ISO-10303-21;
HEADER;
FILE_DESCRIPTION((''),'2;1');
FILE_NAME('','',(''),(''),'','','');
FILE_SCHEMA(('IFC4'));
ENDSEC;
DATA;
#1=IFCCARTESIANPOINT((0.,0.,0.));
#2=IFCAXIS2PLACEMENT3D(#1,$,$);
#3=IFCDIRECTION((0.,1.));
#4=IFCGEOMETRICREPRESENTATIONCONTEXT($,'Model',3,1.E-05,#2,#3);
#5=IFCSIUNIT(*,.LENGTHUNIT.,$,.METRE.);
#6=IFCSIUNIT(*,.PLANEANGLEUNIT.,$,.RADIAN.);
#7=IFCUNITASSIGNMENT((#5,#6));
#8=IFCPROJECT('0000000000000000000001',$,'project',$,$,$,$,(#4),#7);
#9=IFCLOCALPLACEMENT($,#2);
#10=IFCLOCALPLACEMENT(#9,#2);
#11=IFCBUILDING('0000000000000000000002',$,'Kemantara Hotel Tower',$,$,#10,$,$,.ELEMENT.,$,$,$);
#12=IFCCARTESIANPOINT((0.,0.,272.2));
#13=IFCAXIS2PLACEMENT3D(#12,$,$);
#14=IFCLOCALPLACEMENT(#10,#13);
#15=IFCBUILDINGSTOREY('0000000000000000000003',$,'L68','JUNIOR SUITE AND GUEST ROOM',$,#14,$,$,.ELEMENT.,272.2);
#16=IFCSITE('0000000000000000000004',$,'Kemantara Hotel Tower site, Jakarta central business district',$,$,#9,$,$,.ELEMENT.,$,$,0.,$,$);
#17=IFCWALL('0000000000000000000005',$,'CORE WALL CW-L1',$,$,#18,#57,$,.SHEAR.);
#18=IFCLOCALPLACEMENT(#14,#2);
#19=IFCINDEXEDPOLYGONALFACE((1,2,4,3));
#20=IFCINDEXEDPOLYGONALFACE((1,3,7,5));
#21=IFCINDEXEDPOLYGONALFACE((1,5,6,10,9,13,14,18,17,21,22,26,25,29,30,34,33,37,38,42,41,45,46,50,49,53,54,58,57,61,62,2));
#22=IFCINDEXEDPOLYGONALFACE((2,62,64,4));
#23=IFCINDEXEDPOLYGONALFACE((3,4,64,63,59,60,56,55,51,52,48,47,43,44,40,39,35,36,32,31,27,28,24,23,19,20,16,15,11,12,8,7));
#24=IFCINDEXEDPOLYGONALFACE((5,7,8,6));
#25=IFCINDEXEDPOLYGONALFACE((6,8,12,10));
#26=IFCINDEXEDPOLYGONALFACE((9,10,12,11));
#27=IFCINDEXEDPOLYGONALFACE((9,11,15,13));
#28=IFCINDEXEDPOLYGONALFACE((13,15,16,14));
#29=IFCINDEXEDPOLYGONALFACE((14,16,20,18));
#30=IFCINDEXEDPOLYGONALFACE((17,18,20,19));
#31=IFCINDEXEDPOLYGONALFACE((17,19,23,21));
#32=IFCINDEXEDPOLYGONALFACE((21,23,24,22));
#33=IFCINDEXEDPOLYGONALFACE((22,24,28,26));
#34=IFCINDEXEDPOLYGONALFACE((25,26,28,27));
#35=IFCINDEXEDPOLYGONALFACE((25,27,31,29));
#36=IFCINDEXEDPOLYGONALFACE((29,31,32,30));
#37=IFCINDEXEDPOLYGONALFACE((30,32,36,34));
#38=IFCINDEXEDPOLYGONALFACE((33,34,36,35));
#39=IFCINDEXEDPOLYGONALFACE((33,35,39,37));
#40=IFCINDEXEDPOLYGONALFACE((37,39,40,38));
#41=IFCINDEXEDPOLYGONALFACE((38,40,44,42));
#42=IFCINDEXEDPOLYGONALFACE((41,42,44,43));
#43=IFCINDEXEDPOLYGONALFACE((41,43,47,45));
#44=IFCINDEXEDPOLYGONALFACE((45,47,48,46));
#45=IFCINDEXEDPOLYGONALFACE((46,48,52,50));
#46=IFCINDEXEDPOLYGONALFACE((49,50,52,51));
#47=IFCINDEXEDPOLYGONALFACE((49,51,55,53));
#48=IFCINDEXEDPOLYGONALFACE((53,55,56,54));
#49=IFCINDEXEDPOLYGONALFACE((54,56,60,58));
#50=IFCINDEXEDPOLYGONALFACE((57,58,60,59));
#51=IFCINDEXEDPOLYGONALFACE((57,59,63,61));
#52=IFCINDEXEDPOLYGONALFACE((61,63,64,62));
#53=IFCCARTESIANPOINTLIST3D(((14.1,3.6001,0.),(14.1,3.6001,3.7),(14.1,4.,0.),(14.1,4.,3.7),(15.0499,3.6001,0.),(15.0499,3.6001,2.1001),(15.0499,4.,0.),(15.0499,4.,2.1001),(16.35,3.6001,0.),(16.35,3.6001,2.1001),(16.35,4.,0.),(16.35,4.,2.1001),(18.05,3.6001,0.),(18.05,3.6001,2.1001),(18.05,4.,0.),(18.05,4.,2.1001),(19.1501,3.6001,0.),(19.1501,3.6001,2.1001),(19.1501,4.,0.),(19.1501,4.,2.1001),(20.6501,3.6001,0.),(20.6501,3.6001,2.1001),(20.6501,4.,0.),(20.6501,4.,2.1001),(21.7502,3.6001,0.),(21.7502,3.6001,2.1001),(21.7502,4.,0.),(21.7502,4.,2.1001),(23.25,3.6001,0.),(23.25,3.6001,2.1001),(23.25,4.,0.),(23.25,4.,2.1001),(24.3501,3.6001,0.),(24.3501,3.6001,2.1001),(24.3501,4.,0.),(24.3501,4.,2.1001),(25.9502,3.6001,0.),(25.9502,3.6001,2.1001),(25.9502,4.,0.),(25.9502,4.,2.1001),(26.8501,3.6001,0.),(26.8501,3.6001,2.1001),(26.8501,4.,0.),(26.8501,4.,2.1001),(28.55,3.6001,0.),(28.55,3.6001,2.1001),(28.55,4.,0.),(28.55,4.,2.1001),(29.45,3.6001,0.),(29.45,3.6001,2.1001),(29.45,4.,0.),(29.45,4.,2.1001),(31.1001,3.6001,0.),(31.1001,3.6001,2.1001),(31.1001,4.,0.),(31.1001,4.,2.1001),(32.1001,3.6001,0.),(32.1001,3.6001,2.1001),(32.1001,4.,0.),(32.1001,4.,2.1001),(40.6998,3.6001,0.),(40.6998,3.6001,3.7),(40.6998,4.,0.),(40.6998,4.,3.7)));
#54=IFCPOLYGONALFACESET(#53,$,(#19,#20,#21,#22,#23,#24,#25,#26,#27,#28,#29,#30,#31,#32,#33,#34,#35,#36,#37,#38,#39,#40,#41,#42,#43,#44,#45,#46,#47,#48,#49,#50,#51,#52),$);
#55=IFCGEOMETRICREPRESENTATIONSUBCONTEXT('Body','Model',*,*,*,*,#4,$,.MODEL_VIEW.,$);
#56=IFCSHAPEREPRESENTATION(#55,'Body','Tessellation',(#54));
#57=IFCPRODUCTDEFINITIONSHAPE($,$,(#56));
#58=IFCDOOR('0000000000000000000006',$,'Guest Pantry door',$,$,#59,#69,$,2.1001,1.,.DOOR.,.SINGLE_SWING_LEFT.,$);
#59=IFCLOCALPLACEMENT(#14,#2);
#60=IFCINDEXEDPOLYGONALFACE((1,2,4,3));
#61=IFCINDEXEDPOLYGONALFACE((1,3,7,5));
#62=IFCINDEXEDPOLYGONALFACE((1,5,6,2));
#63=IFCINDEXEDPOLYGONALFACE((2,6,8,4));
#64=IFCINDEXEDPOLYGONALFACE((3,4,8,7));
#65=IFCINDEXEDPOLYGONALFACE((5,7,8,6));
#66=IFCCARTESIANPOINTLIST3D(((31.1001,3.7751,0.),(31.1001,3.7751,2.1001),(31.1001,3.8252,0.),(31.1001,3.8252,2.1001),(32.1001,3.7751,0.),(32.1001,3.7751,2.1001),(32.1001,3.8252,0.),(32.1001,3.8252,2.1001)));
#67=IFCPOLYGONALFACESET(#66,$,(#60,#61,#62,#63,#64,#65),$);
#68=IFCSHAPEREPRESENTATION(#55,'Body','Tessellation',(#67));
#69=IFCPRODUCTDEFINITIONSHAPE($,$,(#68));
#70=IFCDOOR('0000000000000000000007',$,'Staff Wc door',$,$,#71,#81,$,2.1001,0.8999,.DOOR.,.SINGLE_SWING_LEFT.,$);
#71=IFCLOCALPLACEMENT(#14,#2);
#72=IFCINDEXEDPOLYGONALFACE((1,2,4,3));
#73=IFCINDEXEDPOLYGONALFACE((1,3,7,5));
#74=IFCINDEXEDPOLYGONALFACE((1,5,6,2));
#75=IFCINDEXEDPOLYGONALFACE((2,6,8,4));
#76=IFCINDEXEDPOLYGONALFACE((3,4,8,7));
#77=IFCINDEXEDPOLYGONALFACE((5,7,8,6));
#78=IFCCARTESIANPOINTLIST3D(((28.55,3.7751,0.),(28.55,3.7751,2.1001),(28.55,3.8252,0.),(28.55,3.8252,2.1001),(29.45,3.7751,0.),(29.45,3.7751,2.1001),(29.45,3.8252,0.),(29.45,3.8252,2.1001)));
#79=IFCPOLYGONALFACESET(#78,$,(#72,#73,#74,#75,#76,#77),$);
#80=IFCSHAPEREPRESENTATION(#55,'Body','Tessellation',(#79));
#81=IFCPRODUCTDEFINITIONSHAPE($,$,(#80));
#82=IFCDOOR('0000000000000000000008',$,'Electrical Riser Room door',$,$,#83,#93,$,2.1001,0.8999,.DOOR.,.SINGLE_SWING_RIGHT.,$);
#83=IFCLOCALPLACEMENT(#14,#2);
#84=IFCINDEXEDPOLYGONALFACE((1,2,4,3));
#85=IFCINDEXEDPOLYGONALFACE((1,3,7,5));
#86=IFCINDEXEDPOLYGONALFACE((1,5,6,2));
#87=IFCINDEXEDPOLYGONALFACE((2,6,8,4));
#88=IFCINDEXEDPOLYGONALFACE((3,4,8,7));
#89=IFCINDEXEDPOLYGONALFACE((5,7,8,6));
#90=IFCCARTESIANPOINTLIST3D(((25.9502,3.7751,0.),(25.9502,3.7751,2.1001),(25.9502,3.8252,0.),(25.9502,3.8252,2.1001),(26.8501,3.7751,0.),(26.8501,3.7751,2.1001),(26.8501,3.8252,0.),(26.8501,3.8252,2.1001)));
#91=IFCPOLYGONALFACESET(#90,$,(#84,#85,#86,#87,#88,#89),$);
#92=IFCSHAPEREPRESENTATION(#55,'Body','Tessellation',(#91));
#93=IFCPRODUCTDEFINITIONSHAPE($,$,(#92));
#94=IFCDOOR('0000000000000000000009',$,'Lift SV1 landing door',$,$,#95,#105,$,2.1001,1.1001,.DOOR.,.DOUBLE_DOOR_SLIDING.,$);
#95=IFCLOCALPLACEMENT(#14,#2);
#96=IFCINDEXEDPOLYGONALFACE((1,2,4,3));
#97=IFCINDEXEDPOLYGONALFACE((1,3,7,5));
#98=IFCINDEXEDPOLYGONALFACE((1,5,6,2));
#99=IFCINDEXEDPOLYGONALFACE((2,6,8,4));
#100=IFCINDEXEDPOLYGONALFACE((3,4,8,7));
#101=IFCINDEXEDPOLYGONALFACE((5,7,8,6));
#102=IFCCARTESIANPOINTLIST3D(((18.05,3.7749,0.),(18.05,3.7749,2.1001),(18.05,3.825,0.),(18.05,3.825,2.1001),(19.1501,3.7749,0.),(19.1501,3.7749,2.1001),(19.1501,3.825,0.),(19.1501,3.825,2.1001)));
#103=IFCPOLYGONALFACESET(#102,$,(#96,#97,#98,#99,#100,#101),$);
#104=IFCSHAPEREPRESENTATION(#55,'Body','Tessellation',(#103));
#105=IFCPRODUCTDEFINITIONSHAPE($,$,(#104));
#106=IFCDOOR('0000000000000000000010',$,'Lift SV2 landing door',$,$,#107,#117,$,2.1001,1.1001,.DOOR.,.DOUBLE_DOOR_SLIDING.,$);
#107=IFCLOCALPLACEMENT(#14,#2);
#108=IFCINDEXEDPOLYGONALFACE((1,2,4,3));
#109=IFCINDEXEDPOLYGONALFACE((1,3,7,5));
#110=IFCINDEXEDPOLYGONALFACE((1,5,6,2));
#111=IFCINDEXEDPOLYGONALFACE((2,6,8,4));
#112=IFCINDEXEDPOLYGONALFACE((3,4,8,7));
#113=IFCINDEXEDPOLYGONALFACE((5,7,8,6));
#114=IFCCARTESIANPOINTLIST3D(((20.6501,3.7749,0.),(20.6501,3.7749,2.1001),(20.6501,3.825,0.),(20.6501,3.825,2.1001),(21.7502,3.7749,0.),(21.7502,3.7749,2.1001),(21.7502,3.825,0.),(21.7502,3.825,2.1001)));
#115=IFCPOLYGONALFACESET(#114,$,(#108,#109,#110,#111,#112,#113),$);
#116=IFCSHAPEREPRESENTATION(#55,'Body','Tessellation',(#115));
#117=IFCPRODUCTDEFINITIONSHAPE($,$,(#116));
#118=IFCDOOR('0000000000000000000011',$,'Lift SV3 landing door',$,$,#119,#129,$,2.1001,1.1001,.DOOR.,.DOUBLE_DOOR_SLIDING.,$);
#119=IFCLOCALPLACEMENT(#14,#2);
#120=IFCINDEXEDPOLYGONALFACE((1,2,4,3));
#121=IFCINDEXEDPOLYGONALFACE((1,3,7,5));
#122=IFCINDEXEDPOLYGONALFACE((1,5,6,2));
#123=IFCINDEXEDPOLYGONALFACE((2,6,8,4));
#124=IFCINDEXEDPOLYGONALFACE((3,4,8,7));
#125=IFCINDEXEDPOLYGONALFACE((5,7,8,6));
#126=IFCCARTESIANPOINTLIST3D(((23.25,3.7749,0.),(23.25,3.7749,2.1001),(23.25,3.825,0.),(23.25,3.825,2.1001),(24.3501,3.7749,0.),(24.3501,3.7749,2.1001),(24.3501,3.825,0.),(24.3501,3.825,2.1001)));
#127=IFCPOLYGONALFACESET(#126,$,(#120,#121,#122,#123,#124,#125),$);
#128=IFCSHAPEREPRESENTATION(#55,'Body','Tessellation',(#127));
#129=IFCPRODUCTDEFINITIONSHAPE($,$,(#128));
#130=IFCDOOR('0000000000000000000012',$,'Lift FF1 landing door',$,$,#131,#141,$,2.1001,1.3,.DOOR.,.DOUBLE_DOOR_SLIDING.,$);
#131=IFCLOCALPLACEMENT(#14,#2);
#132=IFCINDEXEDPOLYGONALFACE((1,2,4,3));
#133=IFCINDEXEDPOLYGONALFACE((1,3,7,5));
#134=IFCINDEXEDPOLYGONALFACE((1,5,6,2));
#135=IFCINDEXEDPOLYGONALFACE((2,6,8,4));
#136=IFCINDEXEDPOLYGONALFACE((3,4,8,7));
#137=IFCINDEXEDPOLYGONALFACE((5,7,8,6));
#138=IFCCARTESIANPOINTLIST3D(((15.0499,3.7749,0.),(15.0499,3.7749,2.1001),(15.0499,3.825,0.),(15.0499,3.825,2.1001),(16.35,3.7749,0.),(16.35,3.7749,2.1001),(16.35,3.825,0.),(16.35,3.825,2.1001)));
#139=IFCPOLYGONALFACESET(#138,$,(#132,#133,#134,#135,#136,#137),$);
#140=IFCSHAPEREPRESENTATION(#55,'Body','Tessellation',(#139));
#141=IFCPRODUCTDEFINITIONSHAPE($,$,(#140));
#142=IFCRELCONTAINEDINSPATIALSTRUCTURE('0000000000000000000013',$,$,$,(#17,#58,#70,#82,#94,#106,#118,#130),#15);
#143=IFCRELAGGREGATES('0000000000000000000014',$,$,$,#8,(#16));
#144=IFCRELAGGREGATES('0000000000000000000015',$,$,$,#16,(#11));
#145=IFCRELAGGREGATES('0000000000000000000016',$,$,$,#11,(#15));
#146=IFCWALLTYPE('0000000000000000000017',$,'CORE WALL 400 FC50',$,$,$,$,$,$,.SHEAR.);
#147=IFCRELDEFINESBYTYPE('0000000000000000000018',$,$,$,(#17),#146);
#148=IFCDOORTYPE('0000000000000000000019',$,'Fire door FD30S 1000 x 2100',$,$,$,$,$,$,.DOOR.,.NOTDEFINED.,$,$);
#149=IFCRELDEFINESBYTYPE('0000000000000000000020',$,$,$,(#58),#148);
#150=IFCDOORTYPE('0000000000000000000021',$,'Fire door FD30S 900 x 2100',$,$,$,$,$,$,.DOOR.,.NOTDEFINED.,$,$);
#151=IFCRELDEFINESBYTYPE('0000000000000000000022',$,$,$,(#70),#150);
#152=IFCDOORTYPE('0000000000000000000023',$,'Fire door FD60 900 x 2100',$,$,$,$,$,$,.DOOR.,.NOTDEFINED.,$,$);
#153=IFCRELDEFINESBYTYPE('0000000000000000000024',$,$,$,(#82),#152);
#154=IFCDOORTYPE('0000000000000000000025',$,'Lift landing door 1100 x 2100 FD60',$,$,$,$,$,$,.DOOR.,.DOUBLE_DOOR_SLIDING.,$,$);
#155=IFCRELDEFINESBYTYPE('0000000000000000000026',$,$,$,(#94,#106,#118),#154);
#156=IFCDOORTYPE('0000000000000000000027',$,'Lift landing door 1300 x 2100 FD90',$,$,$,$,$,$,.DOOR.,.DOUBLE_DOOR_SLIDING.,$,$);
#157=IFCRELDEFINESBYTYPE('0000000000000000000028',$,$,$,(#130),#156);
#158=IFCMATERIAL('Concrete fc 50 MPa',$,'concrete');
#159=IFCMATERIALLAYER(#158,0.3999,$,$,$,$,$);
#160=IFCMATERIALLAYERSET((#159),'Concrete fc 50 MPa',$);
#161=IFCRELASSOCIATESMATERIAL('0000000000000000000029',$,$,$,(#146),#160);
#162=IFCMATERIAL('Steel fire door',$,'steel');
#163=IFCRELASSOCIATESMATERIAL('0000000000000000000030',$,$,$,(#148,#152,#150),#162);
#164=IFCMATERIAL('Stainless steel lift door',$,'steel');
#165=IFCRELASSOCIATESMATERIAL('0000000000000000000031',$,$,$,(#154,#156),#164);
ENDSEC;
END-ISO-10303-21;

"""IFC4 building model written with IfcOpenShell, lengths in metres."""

from ifc_helpers import new_model, si_unit, direction, frame, frame_2d, origin, place, context, subcontext, project, spatial, rectangle, extrude, material, layer, layer_set, type_object, element, fill, save


model = new_model("IFC4")

# Units and contexts
model_context = context("Model", 3, precision=1e-05, world=origin(), true_north=direction((0.0, 1.0)))
body_context = subcontext(model_context, "Body", "Model", "MODEL_VIEW")
ifc_project = project(units=[si_unit("LENGTHUNIT", "METRE"), si_unit("PLANEANGLEUNIT", "RADIAN")], contexts=[model_context])

# Site, building, storey
site_placement = place(None, origin())
site = spatial("IfcSite", under=ifc_project, at=site_placement, Name="Kemantara Hotel Tower site, Jakarta central business district", CompositionType="ELEMENT", RefElevation=0.0)
building_placement = place(site_placement, origin())
building = spatial("IfcBuilding", under=site, at=building_placement, Name="Kemantara Hotel Tower", CompositionType="ELEMENT")
storey_placement = place(building_placement, frame((0.0, 0.0, 272.2)))
storey = spatial("IfcBuildingStorey", under=building, at=storey_placement, Name="L68", Description="JUNIOR SUITE AND GUEST ROOM", CompositionType="ELEMENT", Elevation=272.2)

# Shared definitions
ifc_material_1 = material(Name="Concrete fc 50 MPa", Category="concrete")

# Wall, openings, doors
ifc_layer_1 = layer(ifc_material_1, 0.3999)
ifc_layer_set_1 = layer_set([ifc_layer_1], Name="Concrete fc 50 MPa")
wall_type_1 = type_object("IfcWallType", Name="CORE WALL 400 FC50", PredefinedType="SHEAR", material=ifc_layer_set_1)
ifc_material_2 = material(Name="Steel fire door", Category="steel")
door_type_1 = type_object("IfcDoorType", Name="Fire door FD30S 1000 x 2100", OperationType="NOTDEFINED", PredefinedType="DOOR", material=ifc_material_2)
door_type_2 = type_object("IfcDoorType", Name="Fire door FD60 900 x 2100", OperationType="NOTDEFINED", PredefinedType="DOOR", material=ifc_material_2)
wall_1_placement = place(storey_placement, frame((14.1001, 3.8, 0.0), z_axis=(0.0, 0.0, 1.0), x_axis=(1.0, 0.0, 0.0)))
wall_1 = element("IfcWall", 1, at=wall_1_placement, inside=storey, type_object=wall_type_1, Name="CORE WALL CW-L1", PredefinedType="SHEAR", context=body_context, shape_type="SweptSolid", body=[
    extrude(rectangle(XDim=26.5999, YDim=0.3999, at=frame_2d((13.2998, 0.0))), origin(), (0.0, 0.0, 1.0), 3.7),
])
opening_1_placement = place(wall_1_placement, frame((0.95, 0.0, 0.0)))
opening_1 = element("IfcOpeningElement", 2, at=opening_1_placement, cuts=wall_1, PredefinedType="OPENING", context=body_context, shape_type="SweptSolid", body=[
    extrude(rectangle(XDim=1.3, YDim=2.1001, at=frame_2d((0.6499, 1.05))), frame((0.0, 0.21, 0.0), z_axis=(0.0, -1.0, 0.0), x_axis=(1.0, 0.0, 0.0)), (0.0, 0.0, 1.0), 0.4199),
])
opening_2_placement = place(wall_1_placement, frame((3.95, 0.0, 0.0)))
opening_2 = element("IfcOpeningElement", 3, at=opening_2_placement, cuts=wall_1, PredefinedType="OPENING", context=body_context, shape_type="SweptSolid", body=[
    extrude(rectangle(XDim=1.1001, YDim=2.1001, at=frame_2d((0.55, 1.05))), frame((0.0, 0.21, 0.0), z_axis=(0.0, -1.0, 0.0), x_axis=(1.0, 0.0, 0.0)), (0.0, 0.0, 1.0), 0.4199),
])
opening_3_placement = place(wall_1_placement, frame((6.55, 0.0, 0.0)))
opening_3 = element("IfcOpeningElement", 4, at=opening_3_placement, cuts=wall_1, PredefinedType="OPENING", context=body_context, shape_type="SweptSolid", body=[
    extrude(rectangle(XDim=1.1001, YDim=2.1001, at=frame_2d((0.55, 1.05))), frame((0.0, 0.21, 0.0), z_axis=(0.0, -1.0, 0.0), x_axis=(1.0, 0.0, 0.0)), (0.0, 0.0, 1.0), 0.4199),
])
opening_4_placement = place(wall_1_placement, frame((9.1499, 0.0, 0.0)))
opening_4 = element("IfcOpeningElement", 5, at=opening_4_placement, cuts=wall_1, PredefinedType="OPENING", context=body_context, shape_type="SweptSolid", body=[
    extrude(rectangle(XDim=1.1001, YDim=2.1001, at=frame_2d((0.55, 1.05))), frame((0.0, 0.21, 0.0), z_axis=(0.0, -1.0, 0.0), x_axis=(1.0, 0.0, 0.0)), (0.0, 0.0, 1.0), 0.4199),
])
opening_5_placement = place(wall_1_placement, frame((11.8501, 0.0, 0.0)))
opening_5 = element("IfcOpeningElement", 6, at=opening_5_placement, cuts=wall_1, PredefinedType="OPENING", context=body_context, shape_type="SweptSolid", body=[
    extrude(rectangle(XDim=0.8999, YDim=2.1001, at=frame_2d((0.45, 1.05))), frame((0.0, 0.21, 0.0), z_axis=(0.0, -1.0, 0.0), x_axis=(1.0, 0.0, 0.0)), (0.0, 0.0, 1.0), 0.4199),
])
opening_6_placement = place(wall_1_placement, frame((14.45, 0.0, 0.0)))
opening_6 = element("IfcOpeningElement", 7, at=opening_6_placement, cuts=wall_1, PredefinedType="OPENING", context=body_context, shape_type="SweptSolid", body=[
    extrude(rectangle(XDim=0.8999, YDim=2.1001, at=frame_2d((0.45, 1.05))), frame((0.0, 0.21, 0.0), z_axis=(0.0, -1.0, 0.0), x_axis=(1.0, 0.0, 0.0)), (0.0, 0.0, 1.0), 0.4199),
])
opening_7_placement = place(wall_1_placement, frame((17.0, 0.0, 0.0)))
opening_7 = element("IfcOpeningElement", 8, at=opening_7_placement, cuts=wall_1, PredefinedType="OPENING", context=body_context, shape_type="SweptSolid", body=[
    extrude(rectangle(XDim=1.0, YDim=2.1001, at=frame_2d((0.5, 1.05))), frame((0.0, 0.21, 0.0), z_axis=(0.0, -1.0, 0.0), x_axis=(1.0, 0.0, 0.0)), (0.0, 0.0, 1.0), 0.4199),
])
door_1_placement = place(opening_7_placement, frame((1.0, 0.0, 0.0), z_axis=(0.0, 0.0, 1.0), x_axis=(-1.0, 0.0, 0.0)))
door_1 = element("IfcDoor", 9, at=door_1_placement, inside=storey, type_object=door_type_1, Name="Guest Pantry door", OperationType="SINGLE_SWING_LEFT", OverallHeight=2.1001, OverallWidth=1.0, PredefinedType="DOOR", context=body_context, shape_type="SweptSolid", body=[
    extrude(rectangle(XDim=1.0, YDim=2.1001, at=frame_2d((0.5, 1.05))), frame((0.0, 0.0249, 0.0), z_axis=(0.0, -1.0, 0.0), x_axis=(1.0, 0.0, 0.0)), (0.0, 0.0, 1.0), 0.05),
])
fill(opening_7, door_1)
door_type_3 = type_object("IfcDoorType", Name="Fire door FD30S 900 x 2100", OperationType="NOTDEFINED", PredefinedType="DOOR", material=ifc_material_2)
door_2_placement = place(opening_6_placement, frame((0.8999, 0.0, 0.0), z_axis=(0.0, 0.0, 1.0), x_axis=(-1.0, 0.0, 0.0)))
door_2 = element("IfcDoor", 10, at=door_2_placement, inside=storey, type_object=door_type_3, Name="Staff Wc door", OperationType="SINGLE_SWING_LEFT", OverallHeight=2.1001, OverallWidth=0.8999, PredefinedType="DOOR", context=body_context, shape_type="SweptSolid", body=[
    extrude(rectangle(XDim=0.8999, YDim=2.1001, at=frame_2d((0.45, 1.05))), frame((0.0, 0.0249, 0.0), z_axis=(0.0, -1.0, 0.0), x_axis=(1.0, 0.0, 0.0)), (0.0, 0.0, 1.0), 0.05),
])
fill(opening_6, door_2)
door_3_placement = place(opening_5_placement, frame((0.8999, 0.0, 0.0), z_axis=(0.0, 0.0, 1.0), x_axis=(-1.0, 0.0, 0.0)))
door_3 = element("IfcDoor", 11, at=door_3_placement, inside=storey, type_object=door_type_2, Name="Electrical Riser Room door", OperationType="SINGLE_SWING_RIGHT", OverallHeight=2.1001, OverallWidth=0.8999, PredefinedType="DOOR", context=body_context, shape_type="SweptSolid", body=[
    extrude(rectangle(XDim=0.8999, YDim=2.1001, at=frame_2d((0.45, 1.05))), frame((0.0, 0.0249, 0.0), z_axis=(0.0, -1.0, 0.0), x_axis=(1.0, 0.0, 0.0)), (0.0, 0.0, 1.0), 0.05),
])
fill(opening_5, door_3)
ifc_material_3 = material(Name="Stainless steel lift door", Category="steel")
door_type_4 = type_object("IfcDoorType", Name="Lift landing door 1100 x 2100 FD60", OperationType="DOUBLE_DOOR_SLIDING", PredefinedType="DOOR", material=ifc_material_3)
door_4_placement = place(opening_2_placement, origin())
door_4 = element("IfcDoor", 12, at=door_4_placement, inside=storey, type_object=door_type_4, Name="Lift SV1 landing door", OperationType="DOUBLE_DOOR_SLIDING", OverallHeight=2.1001, OverallWidth=1.1001, PredefinedType="DOOR", context=body_context, shape_type="SweptSolid", body=[
    extrude(rectangle(XDim=1.1001, YDim=2.1001, at=frame_2d((0.55, 1.05))), frame((0.0, 0.0249, 0.0), z_axis=(0.0, -1.0, 0.0), x_axis=(1.0, 0.0, 0.0)), (0.0, 0.0, 1.0), 0.05),
])
fill(opening_2, door_4)
door_5_placement = place(opening_3_placement, origin())
door_5 = element("IfcDoor", 13, at=door_5_placement, inside=storey, type_object=door_type_4, Name="Lift SV2 landing door", OperationType="DOUBLE_DOOR_SLIDING", OverallHeight=2.1001, OverallWidth=1.1001, PredefinedType="DOOR", context=body_context, shape_type="SweptSolid", body=[
    extrude(rectangle(XDim=1.1001, YDim=2.1001, at=frame_2d((0.55, 1.05))), frame((0.0, 0.0249, 0.0), z_axis=(0.0, -1.0, 0.0), x_axis=(1.0, 0.0, 0.0)), (0.0, 0.0, 1.0), 0.05),
])
fill(opening_3, door_5)
door_6_placement = place(opening_4_placement, origin())
door_6 = element("IfcDoor", 14, at=door_6_placement, inside=storey, type_object=door_type_4, Name="Lift SV3 landing door", OperationType="DOUBLE_DOOR_SLIDING", OverallHeight=2.1001, OverallWidth=1.1001, PredefinedType="DOOR", context=body_context, shape_type="SweptSolid", body=[
    extrude(rectangle(XDim=1.1001, YDim=2.1001, at=frame_2d((0.55, 1.05))), frame((0.0, 0.0249, 0.0), z_axis=(0.0, -1.0, 0.0), x_axis=(1.0, 0.0, 0.0)), (0.0, 0.0, 1.0), 0.05),
])
fill(opening_4, door_6)
door_type_5 = type_object("IfcDoorType", Name="Lift landing door 1300 x 2100 FD90", OperationType="DOUBLE_DOOR_SLIDING", PredefinedType="DOOR", material=ifc_material_3)
door_7_placement = place(opening_1_placement, origin())
door_7 = element("IfcDoor", 15, at=door_7_placement, inside=storey, type_object=door_type_5, Name="Lift FF1 landing door", OperationType="DOUBLE_DOOR_SLIDING", OverallHeight=2.1001, OverallWidth=1.3, PredefinedType="DOOR", context=body_context, shape_type="SweptSolid", body=[
    extrude(rectangle(XDim=1.3, YDim=2.1001, at=frame_2d((0.6499, 1.05))), frame((0.0, 0.0249, 0.0), z_axis=(0.0, -1.0, 0.0), x_axis=(1.0, 0.0, 0.0)), (0.0, 0.0, 1.0), 0.05),
])
fill(opening_1, door_7)

save(model, "model.ifc")
